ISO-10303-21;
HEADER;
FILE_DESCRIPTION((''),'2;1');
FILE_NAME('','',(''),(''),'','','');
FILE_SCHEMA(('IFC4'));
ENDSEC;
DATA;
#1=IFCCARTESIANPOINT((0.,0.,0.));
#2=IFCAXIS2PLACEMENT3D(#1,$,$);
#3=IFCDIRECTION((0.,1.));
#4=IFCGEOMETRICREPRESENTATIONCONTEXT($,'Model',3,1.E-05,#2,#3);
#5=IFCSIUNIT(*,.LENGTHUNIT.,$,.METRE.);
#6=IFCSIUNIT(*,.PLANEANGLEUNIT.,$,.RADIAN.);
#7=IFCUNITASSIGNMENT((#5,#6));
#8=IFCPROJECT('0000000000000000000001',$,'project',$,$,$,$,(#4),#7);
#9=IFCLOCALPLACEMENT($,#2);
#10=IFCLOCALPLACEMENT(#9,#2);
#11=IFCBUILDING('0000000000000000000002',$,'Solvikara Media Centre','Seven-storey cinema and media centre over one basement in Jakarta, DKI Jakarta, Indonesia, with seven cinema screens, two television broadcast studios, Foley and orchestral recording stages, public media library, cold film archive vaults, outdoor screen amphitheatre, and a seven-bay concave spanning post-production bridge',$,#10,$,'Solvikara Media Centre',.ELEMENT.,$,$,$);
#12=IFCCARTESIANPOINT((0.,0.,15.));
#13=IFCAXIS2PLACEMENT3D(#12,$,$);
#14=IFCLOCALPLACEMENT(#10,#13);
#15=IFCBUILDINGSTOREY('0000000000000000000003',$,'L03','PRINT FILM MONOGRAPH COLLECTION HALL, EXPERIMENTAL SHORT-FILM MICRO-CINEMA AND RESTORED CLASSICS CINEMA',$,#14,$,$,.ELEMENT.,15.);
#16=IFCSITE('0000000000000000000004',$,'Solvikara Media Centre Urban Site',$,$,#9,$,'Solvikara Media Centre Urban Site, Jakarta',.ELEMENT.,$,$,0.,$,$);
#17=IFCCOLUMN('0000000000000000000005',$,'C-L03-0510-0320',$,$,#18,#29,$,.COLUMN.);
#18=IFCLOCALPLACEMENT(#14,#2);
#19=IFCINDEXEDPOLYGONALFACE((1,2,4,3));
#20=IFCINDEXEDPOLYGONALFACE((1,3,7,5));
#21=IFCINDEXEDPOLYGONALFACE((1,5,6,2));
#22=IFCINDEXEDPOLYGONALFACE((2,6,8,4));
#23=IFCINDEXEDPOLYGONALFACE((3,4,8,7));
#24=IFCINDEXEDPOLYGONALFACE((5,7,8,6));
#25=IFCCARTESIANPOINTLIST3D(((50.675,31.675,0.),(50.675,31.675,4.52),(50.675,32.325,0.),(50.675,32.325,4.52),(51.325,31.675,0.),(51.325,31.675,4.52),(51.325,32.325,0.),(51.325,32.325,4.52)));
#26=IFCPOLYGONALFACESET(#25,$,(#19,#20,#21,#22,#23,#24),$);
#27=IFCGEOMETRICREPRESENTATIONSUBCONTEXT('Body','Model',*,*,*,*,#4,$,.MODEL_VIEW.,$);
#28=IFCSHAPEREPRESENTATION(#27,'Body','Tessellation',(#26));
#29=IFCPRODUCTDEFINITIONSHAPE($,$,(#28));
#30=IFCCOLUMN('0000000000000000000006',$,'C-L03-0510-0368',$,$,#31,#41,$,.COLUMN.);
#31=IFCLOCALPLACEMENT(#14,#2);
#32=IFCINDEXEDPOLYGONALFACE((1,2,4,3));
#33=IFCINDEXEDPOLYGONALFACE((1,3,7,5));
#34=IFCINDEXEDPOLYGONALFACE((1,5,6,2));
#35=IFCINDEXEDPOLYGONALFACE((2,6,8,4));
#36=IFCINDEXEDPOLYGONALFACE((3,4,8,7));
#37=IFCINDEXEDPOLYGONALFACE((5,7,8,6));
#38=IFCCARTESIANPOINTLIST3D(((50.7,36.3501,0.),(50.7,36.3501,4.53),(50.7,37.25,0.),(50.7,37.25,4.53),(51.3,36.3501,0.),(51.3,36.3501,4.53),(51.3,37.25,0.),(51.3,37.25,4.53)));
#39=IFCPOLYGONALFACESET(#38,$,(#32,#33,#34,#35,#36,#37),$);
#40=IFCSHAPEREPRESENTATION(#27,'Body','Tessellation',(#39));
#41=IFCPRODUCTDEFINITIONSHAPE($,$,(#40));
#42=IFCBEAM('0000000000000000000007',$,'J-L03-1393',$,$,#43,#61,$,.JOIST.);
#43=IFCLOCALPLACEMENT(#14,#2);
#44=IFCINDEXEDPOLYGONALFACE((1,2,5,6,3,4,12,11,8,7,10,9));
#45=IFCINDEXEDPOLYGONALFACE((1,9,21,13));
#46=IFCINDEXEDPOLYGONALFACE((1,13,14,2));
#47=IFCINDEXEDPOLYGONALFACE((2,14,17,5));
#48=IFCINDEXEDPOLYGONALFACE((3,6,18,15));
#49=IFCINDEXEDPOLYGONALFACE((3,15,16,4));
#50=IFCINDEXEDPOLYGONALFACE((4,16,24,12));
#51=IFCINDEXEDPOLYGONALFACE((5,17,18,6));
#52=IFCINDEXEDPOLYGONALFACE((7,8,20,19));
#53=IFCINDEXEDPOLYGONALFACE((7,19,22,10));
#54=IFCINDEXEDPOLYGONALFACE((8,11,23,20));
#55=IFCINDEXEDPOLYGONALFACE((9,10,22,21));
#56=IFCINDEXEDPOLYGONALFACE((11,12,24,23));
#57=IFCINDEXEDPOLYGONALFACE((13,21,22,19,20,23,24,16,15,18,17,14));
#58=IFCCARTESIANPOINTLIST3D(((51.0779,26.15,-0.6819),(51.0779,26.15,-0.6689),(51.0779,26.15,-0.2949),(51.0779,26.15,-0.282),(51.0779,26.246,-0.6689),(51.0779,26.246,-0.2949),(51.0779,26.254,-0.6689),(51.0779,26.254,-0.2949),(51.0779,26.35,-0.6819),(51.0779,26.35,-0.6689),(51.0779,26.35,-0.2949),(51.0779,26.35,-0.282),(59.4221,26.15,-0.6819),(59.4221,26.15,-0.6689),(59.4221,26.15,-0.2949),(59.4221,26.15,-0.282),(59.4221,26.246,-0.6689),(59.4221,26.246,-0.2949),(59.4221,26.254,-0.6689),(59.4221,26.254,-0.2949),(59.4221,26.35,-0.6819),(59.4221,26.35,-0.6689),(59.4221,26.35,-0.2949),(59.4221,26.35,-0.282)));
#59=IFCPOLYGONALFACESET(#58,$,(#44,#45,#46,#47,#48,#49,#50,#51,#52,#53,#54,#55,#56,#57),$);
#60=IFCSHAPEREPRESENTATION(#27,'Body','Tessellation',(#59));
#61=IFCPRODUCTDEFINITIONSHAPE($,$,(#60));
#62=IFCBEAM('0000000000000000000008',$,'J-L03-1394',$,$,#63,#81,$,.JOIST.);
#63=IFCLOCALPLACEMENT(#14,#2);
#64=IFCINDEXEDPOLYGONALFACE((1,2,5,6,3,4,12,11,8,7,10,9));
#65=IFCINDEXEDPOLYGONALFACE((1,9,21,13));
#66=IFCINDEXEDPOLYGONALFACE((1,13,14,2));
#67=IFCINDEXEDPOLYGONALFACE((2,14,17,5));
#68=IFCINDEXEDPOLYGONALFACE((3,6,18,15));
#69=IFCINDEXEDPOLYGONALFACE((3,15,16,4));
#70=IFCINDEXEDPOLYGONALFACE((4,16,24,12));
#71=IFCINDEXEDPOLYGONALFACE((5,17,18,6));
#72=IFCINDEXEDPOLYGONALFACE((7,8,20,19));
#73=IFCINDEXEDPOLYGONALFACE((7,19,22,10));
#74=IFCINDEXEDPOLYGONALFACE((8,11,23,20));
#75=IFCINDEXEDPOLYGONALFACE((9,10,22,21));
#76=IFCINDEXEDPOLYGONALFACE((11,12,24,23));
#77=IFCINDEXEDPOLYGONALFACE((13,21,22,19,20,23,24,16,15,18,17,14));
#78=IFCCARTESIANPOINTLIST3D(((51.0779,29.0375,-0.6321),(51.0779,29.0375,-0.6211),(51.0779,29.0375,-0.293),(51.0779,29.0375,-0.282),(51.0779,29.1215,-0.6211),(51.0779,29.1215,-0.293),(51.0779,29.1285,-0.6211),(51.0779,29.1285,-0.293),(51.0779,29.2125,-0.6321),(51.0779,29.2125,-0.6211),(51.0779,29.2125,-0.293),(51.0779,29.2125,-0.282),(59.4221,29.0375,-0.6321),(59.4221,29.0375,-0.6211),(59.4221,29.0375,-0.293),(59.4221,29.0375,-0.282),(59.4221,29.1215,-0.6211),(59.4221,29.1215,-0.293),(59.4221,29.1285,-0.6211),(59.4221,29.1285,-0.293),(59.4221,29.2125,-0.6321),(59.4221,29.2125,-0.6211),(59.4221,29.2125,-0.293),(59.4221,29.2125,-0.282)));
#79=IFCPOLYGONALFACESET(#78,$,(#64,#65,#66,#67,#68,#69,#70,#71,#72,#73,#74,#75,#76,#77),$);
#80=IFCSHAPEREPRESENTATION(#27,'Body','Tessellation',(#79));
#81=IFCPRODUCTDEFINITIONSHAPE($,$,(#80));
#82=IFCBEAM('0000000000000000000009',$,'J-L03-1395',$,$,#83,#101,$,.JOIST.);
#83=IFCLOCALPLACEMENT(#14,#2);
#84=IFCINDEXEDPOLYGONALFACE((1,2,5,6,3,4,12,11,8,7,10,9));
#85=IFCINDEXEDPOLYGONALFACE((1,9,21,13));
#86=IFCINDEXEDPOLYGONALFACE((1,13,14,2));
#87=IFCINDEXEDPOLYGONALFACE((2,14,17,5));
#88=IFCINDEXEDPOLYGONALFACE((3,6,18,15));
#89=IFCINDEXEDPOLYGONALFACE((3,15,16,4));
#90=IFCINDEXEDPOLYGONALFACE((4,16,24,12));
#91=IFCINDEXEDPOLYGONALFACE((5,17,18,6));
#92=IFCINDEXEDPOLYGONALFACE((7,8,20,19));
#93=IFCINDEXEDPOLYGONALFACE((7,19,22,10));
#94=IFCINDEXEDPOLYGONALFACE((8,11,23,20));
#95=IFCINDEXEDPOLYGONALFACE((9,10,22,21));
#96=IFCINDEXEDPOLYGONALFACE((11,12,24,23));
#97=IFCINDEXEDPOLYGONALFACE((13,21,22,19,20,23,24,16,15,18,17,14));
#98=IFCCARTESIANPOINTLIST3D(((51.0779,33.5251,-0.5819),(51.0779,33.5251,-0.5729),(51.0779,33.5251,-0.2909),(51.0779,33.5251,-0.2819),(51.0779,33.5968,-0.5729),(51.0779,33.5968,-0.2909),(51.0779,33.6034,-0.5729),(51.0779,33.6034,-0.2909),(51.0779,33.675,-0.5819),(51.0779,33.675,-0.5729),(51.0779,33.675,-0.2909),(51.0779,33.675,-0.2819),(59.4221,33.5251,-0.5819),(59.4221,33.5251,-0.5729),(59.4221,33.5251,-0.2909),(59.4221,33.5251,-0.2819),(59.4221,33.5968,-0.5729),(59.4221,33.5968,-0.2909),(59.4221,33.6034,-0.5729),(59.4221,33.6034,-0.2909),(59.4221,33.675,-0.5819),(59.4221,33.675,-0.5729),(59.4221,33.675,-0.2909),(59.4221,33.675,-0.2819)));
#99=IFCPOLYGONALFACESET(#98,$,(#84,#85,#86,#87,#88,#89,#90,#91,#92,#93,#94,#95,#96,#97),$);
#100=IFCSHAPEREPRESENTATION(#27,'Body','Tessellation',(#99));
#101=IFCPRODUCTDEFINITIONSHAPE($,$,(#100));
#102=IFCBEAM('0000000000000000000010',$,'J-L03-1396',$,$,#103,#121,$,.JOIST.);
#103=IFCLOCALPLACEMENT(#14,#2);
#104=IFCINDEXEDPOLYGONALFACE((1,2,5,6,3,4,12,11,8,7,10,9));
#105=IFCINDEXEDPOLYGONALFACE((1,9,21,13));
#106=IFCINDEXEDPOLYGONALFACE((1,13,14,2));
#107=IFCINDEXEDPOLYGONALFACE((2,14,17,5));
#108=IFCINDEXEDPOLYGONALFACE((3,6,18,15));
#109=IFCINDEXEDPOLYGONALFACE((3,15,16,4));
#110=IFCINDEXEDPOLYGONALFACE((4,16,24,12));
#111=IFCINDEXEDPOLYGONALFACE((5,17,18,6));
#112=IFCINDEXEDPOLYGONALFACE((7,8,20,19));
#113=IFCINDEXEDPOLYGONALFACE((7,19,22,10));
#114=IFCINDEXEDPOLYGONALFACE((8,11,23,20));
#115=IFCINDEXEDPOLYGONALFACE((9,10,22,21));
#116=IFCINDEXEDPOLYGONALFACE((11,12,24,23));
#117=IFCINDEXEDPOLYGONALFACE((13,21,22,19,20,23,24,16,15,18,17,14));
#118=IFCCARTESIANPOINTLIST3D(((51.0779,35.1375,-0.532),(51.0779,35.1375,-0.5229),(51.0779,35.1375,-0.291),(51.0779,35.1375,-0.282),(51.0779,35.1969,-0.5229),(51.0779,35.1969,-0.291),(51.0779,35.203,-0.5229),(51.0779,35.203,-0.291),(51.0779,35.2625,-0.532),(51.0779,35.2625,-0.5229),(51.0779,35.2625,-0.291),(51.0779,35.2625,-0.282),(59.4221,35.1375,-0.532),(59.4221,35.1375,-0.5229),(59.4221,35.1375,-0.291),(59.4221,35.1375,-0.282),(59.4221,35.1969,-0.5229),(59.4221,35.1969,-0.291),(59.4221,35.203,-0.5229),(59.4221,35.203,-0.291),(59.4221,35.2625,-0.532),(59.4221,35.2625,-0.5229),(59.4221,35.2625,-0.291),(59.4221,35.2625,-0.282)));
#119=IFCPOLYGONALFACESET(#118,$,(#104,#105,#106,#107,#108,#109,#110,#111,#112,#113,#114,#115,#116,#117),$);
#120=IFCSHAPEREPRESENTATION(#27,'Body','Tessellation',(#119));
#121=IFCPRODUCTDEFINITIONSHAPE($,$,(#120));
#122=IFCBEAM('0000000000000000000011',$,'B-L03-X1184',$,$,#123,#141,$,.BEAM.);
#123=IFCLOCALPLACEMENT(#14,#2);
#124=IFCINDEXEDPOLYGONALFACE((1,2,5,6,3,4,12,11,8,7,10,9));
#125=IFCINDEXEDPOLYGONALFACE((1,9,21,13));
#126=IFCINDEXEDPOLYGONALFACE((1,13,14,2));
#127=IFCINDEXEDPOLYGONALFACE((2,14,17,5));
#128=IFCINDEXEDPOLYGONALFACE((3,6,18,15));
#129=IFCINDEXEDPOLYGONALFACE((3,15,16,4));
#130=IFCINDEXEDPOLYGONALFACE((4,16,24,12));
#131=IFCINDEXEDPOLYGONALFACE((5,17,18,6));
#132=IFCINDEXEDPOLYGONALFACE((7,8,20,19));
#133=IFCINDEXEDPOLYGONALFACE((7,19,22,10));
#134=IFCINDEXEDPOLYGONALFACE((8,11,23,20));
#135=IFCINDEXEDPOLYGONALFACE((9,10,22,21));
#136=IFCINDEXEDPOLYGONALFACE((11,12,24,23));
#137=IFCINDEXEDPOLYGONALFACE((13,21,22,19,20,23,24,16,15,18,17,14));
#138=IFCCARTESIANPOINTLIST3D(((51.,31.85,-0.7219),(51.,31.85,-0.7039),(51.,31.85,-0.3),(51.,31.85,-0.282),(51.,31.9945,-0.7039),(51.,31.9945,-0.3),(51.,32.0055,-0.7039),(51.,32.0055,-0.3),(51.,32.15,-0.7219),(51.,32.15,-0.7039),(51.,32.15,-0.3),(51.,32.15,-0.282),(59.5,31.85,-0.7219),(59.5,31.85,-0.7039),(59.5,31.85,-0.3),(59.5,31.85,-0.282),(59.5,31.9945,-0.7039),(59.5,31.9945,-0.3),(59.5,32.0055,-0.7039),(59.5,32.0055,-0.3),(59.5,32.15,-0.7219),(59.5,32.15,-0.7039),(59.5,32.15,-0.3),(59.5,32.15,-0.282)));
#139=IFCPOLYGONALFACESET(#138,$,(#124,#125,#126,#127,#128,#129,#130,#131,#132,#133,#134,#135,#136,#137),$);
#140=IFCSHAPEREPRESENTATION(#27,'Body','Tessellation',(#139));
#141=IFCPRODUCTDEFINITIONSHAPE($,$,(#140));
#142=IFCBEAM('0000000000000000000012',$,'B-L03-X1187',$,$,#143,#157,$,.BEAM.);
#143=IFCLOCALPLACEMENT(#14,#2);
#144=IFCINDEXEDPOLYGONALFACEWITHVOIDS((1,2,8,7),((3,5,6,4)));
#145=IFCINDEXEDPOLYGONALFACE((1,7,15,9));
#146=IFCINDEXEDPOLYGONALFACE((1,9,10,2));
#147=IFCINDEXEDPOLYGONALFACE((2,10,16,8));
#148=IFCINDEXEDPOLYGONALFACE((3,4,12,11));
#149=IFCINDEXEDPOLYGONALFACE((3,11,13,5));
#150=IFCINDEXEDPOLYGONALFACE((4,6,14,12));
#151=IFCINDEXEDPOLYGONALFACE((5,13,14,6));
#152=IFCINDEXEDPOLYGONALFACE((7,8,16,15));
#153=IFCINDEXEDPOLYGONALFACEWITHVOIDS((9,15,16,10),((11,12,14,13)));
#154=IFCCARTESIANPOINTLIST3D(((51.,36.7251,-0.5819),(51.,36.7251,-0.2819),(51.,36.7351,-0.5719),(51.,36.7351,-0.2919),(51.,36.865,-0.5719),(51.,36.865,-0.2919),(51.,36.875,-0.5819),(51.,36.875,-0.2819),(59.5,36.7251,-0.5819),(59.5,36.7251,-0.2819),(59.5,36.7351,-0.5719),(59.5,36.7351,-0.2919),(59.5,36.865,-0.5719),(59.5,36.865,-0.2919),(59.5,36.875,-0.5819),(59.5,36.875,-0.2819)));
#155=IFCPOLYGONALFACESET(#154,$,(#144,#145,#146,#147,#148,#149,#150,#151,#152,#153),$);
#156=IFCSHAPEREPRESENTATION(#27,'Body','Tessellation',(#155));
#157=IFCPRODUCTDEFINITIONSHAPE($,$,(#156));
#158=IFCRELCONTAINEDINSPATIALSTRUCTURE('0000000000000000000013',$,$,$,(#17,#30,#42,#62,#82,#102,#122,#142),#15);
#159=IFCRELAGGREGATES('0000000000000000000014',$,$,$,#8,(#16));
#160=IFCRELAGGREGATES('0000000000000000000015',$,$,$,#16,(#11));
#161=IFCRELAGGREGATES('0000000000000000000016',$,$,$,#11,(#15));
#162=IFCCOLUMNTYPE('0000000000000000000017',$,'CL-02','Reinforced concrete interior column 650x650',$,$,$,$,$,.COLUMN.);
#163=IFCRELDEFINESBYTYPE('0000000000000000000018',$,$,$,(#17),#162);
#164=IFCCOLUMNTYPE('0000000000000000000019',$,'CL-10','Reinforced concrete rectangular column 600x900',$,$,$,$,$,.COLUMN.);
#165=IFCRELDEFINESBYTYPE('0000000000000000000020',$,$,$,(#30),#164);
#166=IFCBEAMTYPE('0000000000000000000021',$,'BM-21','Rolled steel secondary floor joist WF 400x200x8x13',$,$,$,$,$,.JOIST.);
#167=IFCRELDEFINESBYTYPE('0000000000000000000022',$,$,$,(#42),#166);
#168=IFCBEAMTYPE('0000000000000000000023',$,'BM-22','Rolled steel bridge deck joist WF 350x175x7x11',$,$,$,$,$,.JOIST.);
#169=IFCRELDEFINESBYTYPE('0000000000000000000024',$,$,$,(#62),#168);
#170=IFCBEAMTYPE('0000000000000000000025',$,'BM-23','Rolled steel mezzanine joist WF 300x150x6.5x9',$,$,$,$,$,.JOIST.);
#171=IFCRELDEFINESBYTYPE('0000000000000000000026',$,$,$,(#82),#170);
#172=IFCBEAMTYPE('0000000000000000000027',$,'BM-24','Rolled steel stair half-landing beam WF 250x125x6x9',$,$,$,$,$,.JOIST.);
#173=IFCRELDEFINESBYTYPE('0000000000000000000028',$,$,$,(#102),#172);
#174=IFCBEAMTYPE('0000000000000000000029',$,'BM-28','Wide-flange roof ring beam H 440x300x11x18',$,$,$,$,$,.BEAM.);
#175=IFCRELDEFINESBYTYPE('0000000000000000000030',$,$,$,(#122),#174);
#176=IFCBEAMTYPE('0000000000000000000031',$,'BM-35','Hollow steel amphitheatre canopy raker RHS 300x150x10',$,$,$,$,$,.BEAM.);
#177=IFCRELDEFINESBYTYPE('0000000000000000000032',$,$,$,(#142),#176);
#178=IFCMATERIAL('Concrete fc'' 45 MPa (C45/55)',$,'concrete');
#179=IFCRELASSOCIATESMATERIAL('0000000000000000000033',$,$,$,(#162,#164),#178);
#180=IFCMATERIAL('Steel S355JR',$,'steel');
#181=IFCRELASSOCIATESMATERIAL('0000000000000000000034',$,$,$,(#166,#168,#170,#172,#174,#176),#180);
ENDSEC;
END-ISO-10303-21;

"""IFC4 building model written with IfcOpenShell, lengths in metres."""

from ifc_helpers import new_model, si_unit, direction, frame, origin, origin_2d, place, context, subcontext, project, spatial, rectangle, hollow_rectangle, i_section, extrude, material, material_profile, profile_set, type_object, element, save


model = new_model("IFC4")

# Units and contexts
model_context = context("Model", 3, precision=1e-05, world=origin(), true_north=direction((0.0, 1.0)))
body_context = subcontext(model_context, "Body", "Model", "MODEL_VIEW")
ifc_project = project(units=[si_unit("LENGTHUNIT", "METRE"), si_unit("PLANEANGLEUNIT", "RADIAN")], contexts=[model_context])

# Site, building, storey
site_placement = place(None, origin())
site = spatial("IfcSite", under=ifc_project, at=site_placement, Name="Solvikara Media Centre Urban Site", LongName="Solvikara Media Centre Urban Site, Jakarta", CompositionType="ELEMENT", RefElevation=0.0)
building_placement = place(site_placement, origin())
building = spatial("IfcBuilding", under=site, at=building_placement, Name="Solvikara Media Centre", Description="Seven-storey cinema and media centre over one basement in Jakarta, DKI Jakarta, Indonesia, with seven cinema screens, two television broadcast studios, Foley and orchestral recording stages, public media library, cold film archive vaults, outdoor screen amphitheatre, and a seven-bay concave spanning post-production bridge", LongName="Solvikara Media Centre", CompositionType="ELEMENT")
storey_placement = place(building_placement, frame((0.0, 0.0, 15.0)))
storey = spatial("IfcBuildingStorey", under=building, at=storey_placement, Name="L03", Description="PRINT FILM MONOGRAPH COLLECTION HALL, EXPERIMENTAL SHORT-FILM MICRO-CINEMA AND RESTORED CLASSICS CINEMA", CompositionType="ELEMENT", Elevation=15.0)

# Columns
ifc_material_1 = material(Name="Concrete fc' 45 MPa (C45/55)", Category="concrete")
ifc_material_profile_1 = material_profile(ifc_material_1, rectangle(XDim=0.6499, YDim=0.6499, at=origin_2d()), Name="RC 650x650")
ifc_profile_set_1 = profile_set([ifc_material_profile_1], Name="Concrete fc' 45 MPa (C45/55)")
column_type_1 = type_object("IfcColumnType", Name="CL-02", Description="Reinforced concrete interior column 650x650", PredefinedType="COLUMN", material=ifc_profile_set_1)
column_1_placement = place(storey_placement, frame((51.0, 32.0, 0.0), z_axis=(0.0, 0.0, 1.0), x_axis=(1.0, 0.0, 0.0)))
element("IfcColumn", 1, at=column_1_placement, inside=storey, type_object=column_type_1, Name="C-L03-0510-0320", PredefinedType="COLUMN", context=body_context, shape_type="SweptSolid", body=[
    extrude(rectangle(XDim=0.6499, YDim=0.6499, at=origin_2d()), origin(), (0.0, 0.0, 1.0), 4.52),
])
ifc_material_profile_2 = material_profile(ifc_material_1, rectangle(XDim=0.6001, YDim=0.8999, at=origin_2d()), Name="RC 600x900")
ifc_profile_set_2 = profile_set([ifc_material_profile_2], Name="Concrete fc' 45 MPa (C45/55)")
column_type_2 = type_object("IfcColumnType", Name="CL-10", Description="Reinforced concrete rectangular column 600x900", PredefinedType="COLUMN", material=ifc_profile_set_2)
column_2_placement = place(storey_placement, frame((51.0, 36.8, 0.0), z_axis=(0.0, 0.0, 1.0), x_axis=(1.0, 0.0, 0.0)))
element("IfcColumn", 2, at=column_2_placement, inside=storey, type_object=column_type_2, Name="C-L03-0510-0368", PredefinedType="COLUMN", context=body_context, shape_type="SweptSolid", body=[
    extrude(rectangle(XDim=0.6001, YDim=0.8999, at=origin_2d()), origin(), (0.0, 0.0, 1.0), 4.53),
])

# Beams
ifc_material_2 = material(Name="Steel S355JR", Category="steel")
ifc_material_profile_3 = material_profile(ifc_material_2, i_section(OverallWidth=0.2, OverallDepth=0.3999, WebThickness=0.0081, FlangeThickness=0.0129, at=origin_2d()), Name="WF 400x200x8x13")
ifc_profile_set_3 = profile_set([ifc_material_profile_3], Name="Steel S355JR")
beam_type_1 = type_object("IfcBeamType", Name="BM-21", Description="Rolled steel secondary floor joist WF 400x200x8x13", PredefinedType="JOIST", material=ifc_profile_set_3)
beam_1_placement = place(storey_placement, frame((51.0779, 26.25, -0.4819), z_axis=(1.0, 0.0, 0.0), x_axis=(0.0, 1.0, 0.0)))
element("IfcBeam", 3, at=beam_1_placement, inside=storey, type_object=beam_type_1, Name="J-L03-1393", PredefinedType="JOIST", context=body_context, shape_type="SweptSolid", body=[
    extrude(i_section(OverallWidth=0.2, OverallDepth=0.3999, WebThickness=0.0081, FlangeThickness=0.0129, at=origin_2d()), origin(), (0.0, 0.0, 1.0), 8.3442),
])
ifc_material_profile_4 = material_profile(ifc_material_2, i_section(OverallWidth=0.175, OverallDepth=0.3501, WebThickness=0.0071, FlangeThickness=0.011, at=origin_2d()), Name="WF 350x175x7x11")
ifc_profile_set_4 = profile_set([ifc_material_profile_4], Name="Steel S355JR")
beam_type_2 = type_object("IfcBeamType", Name="BM-22", Description="Rolled steel bridge deck joist WF 350x175x7x11", PredefinedType="JOIST", material=ifc_profile_set_4)
beam_2_placement = place(storey_placement, frame((51.0779, 29.125, -0.457), z_axis=(1.0, 0.0, 0.0), x_axis=(0.0, 1.0, 0.0)))
element("IfcBeam", 4, at=beam_2_placement, inside=storey, type_object=beam_type_2, Name="J-L03-1394", PredefinedType="JOIST", context=body_context, shape_type="SweptSolid", body=[
    extrude(i_section(OverallWidth=0.175, OverallDepth=0.3501, WebThickness=0.0071, FlangeThickness=0.011, at=origin_2d()), origin(), (0.0, 0.0, 1.0), 8.3442),
])
ifc_material_profile_5 = material_profile(ifc_material_2, i_section(OverallWidth=0.1499, OverallDepth=0.3, WebThickness=0.0066, FlangeThickness=0.009, at=origin_2d()), Name="WF 300x150x6.5x9")
ifc_profile_set_5 = profile_set([ifc_material_profile_5], Name="Steel S355JR")
beam_type_3 = type_object("IfcBeamType", Name="BM-23", Description="Rolled steel mezzanine joist WF 300x150x6.5x9", PredefinedType="JOIST", material=ifc_profile_set_5)
beam_3_placement = place(storey_placement, frame((51.0779, 33.6001, -0.4319), z_axis=(1.0, 0.0, 0.0), x_axis=(0.0, 1.0, 0.0)))
element("IfcBeam", 5, at=beam_3_placement, inside=storey, type_object=beam_type_3, Name="J-L03-1395", PredefinedType="JOIST", context=body_context, shape_type="SweptSolid", body=[
    extrude(i_section(OverallWidth=0.1499, OverallDepth=0.3, WebThickness=0.0066, FlangeThickness=0.009, at=origin_2d()), origin(), (0.0, 0.0, 1.0), 8.3442),
])
ifc_material_profile_6 = material_profile(ifc_material_2, i_section(OverallWidth=0.125, OverallDepth=0.25, WebThickness=0.0061, FlangeThickness=0.009, at=origin_2d()), Name="WF 250x125x6x9")
ifc_profile_set_6 = profile_set([ifc_material_profile_6], Name="Steel S355JR")
beam_type_4 = type_object("IfcBeamType", Name="BM-24", Description="Rolled steel stair half-landing beam WF 250x125x6x9", PredefinedType="JOIST", material=ifc_profile_set_6)
beam_4_placement = place(storey_placement, frame((51.0779, 35.2, -0.407), z_axis=(1.0, 0.0, 0.0), x_axis=(0.0, 1.0, 0.0)))
element("IfcBeam", 6, at=beam_4_placement, inside=storey, type_object=beam_type_4, Name="J-L03-1396", PredefinedType="JOIST", context=body_context, shape_type="SweptSolid", body=[
    extrude(i_section(OverallWidth=0.125, OverallDepth=0.25, WebThickness=0.0061, FlangeThickness=0.009, at=origin_2d()), origin(), (0.0, 0.0, 1.0), 8.3442),
])
ifc_material_profile_7 = material_profile(ifc_material_2, i_section(OverallWidth=0.3, OverallDepth=0.4399, WebThickness=0.011, FlangeThickness=0.0181, at=origin_2d()), Name="H 440x300x11x18")
ifc_profile_set_7 = profile_set([ifc_material_profile_7], Name="Steel S355JR")
beam_type_5 = type_object("IfcBeamType", Name="BM-28", Description="Wide-flange roof ring beam H 440x300x11x18", PredefinedType="BEAM", material=ifc_profile_set_7)
beam_5_placement = place(storey_placement, frame((51.0, 32.0, -0.502), z_axis=(1.0, 0.0, 0.0), x_axis=(0.0, 1.0, 0.0)))
element("IfcBeam", 7, at=beam_5_placement, inside=storey, type_object=beam_type_5, Name="B-L03-X1184", PredefinedType="BEAM", context=body_context, shape_type="SweptSolid", body=[
    extrude(i_section(OverallWidth=0.3, OverallDepth=0.4399, WebThickness=0.011, FlangeThickness=0.0181, at=origin_2d()), origin(), (0.0, 0.0, 1.0), 8.5),
])
ifc_material_profile_8 = material_profile(ifc_material_2, hollow_rectangle(XDim=0.1499, YDim=0.3, WallThickness=0.01, at=origin_2d()), Name="RHS 300x150x10")
ifc_profile_set_8 = profile_set([ifc_material_profile_8], Name="Steel S355JR")
beam_type_6 = type_object("IfcBeamType", Name="BM-35", Description="Hollow steel amphitheatre canopy raker RHS 300x150x10", PredefinedType="BEAM", material=ifc_profile_set_8)
beam_6_placement = place(storey_placement, frame((51.0, 36.8, -0.4319), z_axis=(1.0, 0.0, 0.0), x_axis=(0.0, 1.0, 0.0)))
element("IfcBeam", 8, at=beam_6_placement, inside=storey, type_object=beam_type_6, Name="B-L03-X1187", PredefinedType="BEAM", context=body_context, shape_type="SweptSolid", body=[
    extrude(hollow_rectangle(XDim=0.1499, YDim=0.3, WallThickness=0.01, at=origin_2d()), origin(), (0.0, 0.0, 1.0), 8.5),
])

save(model, "model.ifc")
